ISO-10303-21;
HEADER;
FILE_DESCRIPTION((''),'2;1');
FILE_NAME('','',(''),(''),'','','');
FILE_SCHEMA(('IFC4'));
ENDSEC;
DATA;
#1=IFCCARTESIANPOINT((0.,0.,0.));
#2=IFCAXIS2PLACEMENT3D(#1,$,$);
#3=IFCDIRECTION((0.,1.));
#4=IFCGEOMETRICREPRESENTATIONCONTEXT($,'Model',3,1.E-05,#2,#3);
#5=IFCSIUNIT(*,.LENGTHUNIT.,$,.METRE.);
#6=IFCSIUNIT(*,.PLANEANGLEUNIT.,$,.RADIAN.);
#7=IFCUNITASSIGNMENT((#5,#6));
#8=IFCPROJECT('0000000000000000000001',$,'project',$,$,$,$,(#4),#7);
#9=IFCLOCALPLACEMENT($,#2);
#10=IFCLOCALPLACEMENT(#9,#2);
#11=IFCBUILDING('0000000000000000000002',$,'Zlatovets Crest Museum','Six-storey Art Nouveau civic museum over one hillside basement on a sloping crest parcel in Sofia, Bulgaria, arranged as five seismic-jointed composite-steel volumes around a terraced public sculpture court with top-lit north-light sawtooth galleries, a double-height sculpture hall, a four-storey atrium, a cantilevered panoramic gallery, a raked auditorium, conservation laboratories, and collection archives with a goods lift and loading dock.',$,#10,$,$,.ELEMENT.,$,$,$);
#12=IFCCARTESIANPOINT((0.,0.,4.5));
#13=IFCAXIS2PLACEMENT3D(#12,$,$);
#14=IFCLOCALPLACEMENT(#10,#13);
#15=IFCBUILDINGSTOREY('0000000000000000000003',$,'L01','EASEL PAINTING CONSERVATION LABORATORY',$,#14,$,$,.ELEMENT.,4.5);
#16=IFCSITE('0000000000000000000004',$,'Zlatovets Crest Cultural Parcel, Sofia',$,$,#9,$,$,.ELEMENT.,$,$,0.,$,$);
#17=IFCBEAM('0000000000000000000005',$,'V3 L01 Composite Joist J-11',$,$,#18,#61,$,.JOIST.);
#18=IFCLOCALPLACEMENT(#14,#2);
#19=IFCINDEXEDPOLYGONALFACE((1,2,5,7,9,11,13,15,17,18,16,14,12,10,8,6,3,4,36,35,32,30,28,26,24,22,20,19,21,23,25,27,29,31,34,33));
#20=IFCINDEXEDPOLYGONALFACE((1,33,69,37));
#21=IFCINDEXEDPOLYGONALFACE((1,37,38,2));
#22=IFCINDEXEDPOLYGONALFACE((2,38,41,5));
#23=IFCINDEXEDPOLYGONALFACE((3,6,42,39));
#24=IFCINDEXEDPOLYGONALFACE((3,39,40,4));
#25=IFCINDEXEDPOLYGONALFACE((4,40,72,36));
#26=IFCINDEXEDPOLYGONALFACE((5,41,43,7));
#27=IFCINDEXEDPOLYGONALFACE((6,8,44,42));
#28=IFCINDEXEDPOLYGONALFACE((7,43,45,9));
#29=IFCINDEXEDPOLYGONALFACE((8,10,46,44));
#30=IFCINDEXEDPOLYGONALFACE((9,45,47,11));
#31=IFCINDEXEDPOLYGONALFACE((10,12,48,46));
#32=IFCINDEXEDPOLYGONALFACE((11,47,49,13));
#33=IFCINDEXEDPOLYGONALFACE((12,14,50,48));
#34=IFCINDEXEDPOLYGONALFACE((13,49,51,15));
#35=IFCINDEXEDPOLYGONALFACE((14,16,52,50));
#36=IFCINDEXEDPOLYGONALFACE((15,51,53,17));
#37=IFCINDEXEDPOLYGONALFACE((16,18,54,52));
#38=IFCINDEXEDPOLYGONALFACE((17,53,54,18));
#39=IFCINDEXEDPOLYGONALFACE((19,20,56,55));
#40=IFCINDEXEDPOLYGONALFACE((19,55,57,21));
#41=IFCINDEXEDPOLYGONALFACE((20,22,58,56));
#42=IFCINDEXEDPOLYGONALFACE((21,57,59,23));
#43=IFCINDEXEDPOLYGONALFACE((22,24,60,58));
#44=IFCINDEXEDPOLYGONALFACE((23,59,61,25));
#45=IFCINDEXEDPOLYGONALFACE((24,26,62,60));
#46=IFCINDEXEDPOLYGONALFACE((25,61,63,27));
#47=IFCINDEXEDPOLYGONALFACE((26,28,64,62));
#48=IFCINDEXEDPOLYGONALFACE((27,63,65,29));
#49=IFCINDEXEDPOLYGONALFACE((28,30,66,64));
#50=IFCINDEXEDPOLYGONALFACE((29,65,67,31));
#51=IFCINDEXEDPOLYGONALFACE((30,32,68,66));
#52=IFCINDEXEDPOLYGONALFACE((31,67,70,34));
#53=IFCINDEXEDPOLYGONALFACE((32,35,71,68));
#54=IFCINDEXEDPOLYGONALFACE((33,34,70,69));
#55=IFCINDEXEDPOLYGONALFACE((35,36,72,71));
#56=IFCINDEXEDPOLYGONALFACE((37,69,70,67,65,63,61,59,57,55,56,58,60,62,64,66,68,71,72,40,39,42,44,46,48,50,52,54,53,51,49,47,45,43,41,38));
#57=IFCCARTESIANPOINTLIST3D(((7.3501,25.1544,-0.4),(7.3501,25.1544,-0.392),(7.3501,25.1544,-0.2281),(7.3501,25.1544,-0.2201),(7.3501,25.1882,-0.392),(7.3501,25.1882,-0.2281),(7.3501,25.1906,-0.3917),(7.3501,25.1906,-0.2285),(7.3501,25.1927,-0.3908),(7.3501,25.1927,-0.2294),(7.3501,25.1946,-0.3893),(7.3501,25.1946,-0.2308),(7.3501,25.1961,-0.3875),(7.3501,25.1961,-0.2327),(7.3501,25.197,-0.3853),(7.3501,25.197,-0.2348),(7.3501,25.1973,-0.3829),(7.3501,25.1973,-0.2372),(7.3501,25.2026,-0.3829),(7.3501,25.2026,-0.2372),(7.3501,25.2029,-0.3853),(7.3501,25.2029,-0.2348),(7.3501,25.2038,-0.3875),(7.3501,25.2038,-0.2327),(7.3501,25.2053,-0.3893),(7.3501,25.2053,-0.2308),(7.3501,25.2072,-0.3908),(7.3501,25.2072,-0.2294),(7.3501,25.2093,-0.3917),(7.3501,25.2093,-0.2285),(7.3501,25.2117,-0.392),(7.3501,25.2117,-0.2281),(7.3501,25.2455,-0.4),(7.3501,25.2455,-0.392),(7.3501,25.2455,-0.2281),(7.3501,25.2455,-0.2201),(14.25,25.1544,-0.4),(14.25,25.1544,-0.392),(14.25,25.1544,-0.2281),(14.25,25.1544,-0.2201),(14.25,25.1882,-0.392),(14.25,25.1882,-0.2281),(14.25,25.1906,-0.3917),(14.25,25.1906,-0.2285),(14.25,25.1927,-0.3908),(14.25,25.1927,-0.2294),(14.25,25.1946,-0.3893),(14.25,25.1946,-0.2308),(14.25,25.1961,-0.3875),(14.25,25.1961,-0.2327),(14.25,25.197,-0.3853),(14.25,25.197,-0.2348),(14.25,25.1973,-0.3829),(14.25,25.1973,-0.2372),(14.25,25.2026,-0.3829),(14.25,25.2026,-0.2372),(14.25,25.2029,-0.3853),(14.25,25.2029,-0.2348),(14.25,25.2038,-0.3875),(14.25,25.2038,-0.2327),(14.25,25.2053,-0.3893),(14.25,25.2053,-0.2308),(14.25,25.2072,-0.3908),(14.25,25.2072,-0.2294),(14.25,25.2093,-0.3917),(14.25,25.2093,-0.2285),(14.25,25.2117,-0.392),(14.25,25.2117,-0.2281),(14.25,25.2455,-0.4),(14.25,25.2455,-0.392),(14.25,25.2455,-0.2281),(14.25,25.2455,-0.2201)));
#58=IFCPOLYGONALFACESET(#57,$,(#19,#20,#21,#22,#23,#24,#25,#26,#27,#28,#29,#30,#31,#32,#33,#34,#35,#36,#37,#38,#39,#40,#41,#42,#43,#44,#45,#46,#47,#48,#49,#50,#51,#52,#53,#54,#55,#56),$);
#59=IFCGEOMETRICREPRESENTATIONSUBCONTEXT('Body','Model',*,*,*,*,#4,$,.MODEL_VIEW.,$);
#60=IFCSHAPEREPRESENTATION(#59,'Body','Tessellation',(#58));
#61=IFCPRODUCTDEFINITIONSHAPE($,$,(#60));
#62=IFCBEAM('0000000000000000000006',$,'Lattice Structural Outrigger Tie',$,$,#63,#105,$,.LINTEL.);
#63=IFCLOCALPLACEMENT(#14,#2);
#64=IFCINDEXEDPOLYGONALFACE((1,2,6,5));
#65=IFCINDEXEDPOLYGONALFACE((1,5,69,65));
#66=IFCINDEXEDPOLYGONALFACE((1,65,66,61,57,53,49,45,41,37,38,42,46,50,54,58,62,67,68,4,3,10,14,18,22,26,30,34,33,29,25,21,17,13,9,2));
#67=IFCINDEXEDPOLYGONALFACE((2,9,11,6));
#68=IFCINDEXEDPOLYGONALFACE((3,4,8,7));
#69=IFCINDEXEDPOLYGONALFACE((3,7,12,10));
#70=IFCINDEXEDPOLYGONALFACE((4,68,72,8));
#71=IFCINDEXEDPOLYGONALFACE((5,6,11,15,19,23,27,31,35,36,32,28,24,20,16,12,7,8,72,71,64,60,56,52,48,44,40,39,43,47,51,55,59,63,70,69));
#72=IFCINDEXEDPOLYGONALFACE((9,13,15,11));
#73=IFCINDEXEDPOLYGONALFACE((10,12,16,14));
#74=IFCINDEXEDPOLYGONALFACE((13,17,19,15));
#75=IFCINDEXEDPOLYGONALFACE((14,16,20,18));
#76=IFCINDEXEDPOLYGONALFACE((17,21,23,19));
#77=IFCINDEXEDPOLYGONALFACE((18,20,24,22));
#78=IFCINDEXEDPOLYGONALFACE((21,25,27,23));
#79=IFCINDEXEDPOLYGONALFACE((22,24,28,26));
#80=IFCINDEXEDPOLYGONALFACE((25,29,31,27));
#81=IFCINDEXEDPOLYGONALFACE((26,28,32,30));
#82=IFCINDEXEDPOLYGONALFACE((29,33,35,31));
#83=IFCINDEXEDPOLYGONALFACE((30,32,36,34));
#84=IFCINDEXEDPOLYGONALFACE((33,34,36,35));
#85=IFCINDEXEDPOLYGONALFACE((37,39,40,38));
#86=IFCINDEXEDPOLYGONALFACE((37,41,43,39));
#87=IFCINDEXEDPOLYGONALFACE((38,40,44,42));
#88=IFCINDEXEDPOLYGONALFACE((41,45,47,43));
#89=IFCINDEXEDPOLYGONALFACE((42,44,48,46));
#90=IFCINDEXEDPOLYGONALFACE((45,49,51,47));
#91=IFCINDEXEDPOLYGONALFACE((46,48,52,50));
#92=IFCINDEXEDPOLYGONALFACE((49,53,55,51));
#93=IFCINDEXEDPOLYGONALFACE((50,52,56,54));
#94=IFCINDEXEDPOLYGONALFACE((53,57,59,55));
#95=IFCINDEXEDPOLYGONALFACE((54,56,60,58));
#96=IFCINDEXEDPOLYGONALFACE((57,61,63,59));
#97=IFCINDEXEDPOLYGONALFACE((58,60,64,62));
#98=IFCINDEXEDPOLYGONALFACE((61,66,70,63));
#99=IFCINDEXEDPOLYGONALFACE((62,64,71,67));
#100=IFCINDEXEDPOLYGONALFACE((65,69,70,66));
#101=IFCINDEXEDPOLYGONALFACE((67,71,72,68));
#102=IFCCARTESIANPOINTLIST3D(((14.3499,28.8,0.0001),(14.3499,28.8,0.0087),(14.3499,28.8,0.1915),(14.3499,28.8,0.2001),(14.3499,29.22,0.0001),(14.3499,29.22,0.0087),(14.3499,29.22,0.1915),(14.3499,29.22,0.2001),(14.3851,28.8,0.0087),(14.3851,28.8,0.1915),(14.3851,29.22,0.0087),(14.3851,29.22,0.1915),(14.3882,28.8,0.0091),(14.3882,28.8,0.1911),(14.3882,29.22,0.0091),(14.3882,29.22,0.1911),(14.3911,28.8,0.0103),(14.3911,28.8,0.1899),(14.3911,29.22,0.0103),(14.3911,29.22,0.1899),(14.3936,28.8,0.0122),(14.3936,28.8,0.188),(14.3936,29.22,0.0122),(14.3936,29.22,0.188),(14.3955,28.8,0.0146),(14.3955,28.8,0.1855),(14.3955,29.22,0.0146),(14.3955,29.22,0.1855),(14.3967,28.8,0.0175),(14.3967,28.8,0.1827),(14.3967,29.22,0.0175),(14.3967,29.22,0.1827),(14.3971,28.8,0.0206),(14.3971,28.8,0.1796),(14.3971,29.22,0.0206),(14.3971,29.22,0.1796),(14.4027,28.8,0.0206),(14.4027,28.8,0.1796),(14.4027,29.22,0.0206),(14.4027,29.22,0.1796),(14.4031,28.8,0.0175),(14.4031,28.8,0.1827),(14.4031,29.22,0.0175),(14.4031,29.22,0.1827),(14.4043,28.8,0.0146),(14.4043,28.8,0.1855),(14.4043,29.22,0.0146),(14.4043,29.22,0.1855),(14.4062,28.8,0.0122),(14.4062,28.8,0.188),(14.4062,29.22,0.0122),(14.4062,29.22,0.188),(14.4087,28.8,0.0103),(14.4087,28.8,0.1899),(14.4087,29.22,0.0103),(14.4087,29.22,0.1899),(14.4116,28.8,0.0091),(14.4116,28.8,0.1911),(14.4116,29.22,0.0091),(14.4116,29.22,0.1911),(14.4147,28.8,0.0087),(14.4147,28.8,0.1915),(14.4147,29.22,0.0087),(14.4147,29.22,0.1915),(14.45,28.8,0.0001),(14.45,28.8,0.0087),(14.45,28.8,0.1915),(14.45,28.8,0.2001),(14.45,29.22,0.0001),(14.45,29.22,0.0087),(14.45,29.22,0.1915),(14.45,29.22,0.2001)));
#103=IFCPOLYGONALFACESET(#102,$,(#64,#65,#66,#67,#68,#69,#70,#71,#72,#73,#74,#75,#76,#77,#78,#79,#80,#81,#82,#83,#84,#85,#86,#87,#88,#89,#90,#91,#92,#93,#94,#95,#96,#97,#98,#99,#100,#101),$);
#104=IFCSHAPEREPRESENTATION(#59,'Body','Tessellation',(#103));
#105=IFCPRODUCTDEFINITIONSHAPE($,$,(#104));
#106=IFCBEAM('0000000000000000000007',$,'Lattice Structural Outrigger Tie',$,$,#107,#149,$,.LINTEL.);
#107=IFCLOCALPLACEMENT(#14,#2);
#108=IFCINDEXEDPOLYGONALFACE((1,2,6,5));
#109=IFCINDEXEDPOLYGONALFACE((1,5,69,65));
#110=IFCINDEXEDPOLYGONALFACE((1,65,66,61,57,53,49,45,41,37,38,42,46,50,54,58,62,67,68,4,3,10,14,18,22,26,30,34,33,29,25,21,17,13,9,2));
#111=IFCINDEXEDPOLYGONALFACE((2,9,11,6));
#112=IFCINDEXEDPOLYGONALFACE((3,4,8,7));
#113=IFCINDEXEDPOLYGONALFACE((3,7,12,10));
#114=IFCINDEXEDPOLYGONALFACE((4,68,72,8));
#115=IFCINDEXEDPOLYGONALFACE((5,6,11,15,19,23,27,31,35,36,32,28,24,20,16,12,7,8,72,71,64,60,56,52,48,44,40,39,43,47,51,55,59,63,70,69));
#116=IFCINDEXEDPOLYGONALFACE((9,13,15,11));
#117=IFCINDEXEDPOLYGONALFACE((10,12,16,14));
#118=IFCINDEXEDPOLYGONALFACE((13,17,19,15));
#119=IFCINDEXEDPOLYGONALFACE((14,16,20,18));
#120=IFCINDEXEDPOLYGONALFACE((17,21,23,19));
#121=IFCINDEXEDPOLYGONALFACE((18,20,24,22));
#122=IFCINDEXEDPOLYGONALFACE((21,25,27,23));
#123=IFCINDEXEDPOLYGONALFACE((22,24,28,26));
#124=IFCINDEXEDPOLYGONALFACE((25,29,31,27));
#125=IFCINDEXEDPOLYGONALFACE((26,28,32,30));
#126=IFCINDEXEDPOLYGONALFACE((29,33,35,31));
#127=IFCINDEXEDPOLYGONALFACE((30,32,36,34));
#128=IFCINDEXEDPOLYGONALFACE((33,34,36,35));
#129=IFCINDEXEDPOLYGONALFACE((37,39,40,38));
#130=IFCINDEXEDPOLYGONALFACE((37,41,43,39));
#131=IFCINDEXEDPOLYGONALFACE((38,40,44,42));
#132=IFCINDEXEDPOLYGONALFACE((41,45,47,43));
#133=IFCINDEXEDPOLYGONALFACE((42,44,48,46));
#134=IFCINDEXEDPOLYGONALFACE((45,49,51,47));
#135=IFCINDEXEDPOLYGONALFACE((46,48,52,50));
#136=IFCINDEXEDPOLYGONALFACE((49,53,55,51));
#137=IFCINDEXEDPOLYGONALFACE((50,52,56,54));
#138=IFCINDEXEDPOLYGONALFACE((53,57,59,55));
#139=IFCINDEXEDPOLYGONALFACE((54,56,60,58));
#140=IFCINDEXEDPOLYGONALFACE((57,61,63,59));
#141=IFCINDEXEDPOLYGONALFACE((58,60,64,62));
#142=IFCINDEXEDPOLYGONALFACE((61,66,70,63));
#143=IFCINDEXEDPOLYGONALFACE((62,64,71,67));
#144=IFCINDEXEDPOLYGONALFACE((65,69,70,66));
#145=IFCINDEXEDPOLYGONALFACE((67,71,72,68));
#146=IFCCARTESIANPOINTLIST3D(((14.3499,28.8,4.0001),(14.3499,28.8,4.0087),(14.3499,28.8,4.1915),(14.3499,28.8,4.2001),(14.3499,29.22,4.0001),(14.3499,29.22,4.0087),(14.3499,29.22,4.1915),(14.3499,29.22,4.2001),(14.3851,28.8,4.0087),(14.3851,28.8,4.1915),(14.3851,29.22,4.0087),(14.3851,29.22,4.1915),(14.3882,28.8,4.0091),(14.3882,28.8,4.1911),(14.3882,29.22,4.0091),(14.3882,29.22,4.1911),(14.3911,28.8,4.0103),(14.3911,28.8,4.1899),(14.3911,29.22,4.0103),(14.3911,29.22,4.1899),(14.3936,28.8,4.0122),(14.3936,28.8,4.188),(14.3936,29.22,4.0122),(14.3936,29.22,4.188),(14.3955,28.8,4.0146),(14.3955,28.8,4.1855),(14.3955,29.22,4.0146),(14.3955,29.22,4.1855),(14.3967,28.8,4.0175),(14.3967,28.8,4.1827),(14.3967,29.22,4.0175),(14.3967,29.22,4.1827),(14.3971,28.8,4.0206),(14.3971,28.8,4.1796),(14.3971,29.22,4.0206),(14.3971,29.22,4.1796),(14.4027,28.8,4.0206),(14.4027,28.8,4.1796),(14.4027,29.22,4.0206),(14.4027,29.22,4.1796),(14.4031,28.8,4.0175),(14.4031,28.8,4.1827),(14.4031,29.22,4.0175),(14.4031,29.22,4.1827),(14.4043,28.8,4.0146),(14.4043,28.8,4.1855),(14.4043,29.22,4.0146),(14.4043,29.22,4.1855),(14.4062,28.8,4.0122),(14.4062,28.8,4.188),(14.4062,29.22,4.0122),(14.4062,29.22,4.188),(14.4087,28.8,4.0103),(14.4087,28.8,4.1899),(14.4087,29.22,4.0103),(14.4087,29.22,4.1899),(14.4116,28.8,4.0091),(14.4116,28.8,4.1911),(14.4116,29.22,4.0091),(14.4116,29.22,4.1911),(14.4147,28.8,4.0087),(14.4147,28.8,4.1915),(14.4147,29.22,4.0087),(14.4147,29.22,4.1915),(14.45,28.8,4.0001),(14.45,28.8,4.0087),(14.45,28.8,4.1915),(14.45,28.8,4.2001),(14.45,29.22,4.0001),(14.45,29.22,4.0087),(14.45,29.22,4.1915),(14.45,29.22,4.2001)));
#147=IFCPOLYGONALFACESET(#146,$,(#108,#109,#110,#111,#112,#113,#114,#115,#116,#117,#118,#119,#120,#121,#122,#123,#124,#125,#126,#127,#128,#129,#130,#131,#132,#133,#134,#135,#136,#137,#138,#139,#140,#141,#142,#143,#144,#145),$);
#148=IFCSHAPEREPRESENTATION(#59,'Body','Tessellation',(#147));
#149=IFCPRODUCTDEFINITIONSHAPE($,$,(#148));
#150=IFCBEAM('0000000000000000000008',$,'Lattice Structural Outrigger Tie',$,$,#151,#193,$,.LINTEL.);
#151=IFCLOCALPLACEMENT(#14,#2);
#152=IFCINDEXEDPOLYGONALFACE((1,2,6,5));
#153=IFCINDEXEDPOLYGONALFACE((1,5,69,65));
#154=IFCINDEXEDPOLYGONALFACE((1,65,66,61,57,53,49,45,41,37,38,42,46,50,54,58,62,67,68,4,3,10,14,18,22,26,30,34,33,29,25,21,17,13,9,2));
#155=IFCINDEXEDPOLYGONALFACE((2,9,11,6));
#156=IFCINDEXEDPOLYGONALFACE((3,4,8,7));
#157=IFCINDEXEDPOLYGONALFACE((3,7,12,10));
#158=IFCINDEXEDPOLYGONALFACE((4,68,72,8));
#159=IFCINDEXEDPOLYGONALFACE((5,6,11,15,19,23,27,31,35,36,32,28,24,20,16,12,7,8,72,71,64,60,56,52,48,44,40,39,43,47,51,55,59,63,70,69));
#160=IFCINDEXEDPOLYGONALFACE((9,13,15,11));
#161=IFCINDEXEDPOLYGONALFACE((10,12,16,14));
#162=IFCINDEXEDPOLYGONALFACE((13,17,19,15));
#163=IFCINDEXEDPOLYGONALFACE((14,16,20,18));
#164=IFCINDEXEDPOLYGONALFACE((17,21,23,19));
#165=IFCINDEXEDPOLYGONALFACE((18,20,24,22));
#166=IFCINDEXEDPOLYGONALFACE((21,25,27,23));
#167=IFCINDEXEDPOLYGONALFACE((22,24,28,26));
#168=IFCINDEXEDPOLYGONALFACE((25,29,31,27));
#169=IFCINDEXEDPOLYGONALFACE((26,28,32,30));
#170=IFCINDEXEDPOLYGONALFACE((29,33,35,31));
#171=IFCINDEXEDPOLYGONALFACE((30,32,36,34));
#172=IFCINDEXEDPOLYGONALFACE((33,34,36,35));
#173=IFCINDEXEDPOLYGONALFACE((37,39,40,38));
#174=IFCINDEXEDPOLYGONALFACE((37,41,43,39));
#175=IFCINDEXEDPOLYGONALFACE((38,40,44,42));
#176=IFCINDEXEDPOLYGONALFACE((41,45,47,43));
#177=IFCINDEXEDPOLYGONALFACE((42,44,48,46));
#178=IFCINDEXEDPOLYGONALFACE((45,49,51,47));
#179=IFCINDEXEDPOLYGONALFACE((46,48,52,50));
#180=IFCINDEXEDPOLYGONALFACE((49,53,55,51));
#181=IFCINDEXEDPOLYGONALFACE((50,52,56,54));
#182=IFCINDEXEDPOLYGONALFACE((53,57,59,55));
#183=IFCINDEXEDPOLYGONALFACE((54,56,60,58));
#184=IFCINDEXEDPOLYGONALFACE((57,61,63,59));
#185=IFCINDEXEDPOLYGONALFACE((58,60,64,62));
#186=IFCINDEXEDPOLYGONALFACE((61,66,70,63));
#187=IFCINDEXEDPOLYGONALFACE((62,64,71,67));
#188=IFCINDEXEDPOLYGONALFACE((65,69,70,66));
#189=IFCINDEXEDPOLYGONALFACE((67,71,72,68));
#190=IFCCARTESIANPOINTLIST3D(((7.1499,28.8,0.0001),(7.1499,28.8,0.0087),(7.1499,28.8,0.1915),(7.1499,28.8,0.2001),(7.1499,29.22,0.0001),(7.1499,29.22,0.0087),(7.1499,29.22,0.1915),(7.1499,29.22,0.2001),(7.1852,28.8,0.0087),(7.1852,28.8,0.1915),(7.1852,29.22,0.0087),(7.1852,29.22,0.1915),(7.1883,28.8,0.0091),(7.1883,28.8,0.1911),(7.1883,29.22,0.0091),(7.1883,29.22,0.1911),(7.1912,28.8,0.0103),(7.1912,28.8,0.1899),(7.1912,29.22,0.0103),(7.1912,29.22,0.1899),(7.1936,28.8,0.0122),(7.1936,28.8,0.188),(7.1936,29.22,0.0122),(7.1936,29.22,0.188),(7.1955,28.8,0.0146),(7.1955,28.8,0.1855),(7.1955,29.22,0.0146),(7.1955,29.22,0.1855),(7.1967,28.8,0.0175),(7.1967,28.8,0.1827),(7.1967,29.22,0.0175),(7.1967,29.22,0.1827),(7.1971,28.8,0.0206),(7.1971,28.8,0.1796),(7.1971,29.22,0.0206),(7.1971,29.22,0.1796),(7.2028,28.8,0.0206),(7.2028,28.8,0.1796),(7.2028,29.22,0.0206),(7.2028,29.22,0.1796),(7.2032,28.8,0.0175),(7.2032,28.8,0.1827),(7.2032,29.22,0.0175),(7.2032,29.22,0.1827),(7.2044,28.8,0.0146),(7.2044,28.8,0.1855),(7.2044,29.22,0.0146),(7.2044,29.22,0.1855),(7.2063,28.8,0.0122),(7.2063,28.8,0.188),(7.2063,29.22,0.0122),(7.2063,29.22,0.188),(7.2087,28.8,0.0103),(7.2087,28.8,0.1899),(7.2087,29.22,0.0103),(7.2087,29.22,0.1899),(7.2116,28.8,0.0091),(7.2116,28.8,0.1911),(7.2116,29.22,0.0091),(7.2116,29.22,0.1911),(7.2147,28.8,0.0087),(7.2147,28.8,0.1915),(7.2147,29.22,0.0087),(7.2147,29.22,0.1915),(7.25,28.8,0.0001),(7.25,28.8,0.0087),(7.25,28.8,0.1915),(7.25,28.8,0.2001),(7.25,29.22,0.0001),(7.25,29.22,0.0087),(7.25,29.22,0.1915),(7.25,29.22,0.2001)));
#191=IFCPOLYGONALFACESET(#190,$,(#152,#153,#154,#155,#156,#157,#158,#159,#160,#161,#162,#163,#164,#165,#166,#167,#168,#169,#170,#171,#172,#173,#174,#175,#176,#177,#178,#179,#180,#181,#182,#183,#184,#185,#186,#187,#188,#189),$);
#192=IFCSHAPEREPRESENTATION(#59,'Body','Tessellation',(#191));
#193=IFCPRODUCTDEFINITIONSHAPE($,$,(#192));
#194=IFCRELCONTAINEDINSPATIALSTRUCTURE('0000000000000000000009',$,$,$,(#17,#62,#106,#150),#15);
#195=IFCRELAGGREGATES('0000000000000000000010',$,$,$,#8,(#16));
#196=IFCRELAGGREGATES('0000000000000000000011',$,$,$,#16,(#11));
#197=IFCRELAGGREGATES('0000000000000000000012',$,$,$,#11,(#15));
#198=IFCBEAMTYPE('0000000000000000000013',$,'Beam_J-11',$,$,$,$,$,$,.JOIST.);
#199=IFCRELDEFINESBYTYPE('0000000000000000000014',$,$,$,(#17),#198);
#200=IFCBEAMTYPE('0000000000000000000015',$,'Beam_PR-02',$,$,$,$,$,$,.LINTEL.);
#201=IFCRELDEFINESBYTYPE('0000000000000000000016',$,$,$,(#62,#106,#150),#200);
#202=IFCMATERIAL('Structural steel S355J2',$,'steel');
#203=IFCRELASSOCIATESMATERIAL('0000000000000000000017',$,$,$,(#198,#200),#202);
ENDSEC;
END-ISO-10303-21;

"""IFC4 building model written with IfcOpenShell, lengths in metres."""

from ifc_helpers import new_model, si_unit, direction, frame, origin, origin_2d, place, context, subcontext, project, spatial, i_section, extrude, material, material_profile, profile_set, type_object, element, save


model = new_model("IFC4")

# Units and contexts
model_context = context("Model", 3, precision=1e-05, world=origin(), true_north=direction((0.0, 1.0)))
body_context = subcontext(model_context, "Body", "Model", "MODEL_VIEW")
ifc_project = project(units=[si_unit("LENGTHUNIT", "METRE"), si_unit("PLANEANGLEUNIT", "RADIAN")], contexts=[model_context])

# Site, building, storey
site_placement = place(None, origin())
site = spatial("IfcSite", under=ifc_project, at=site_placement, Name="Zlatovets Crest Cultural Parcel, Sofia", CompositionType="ELEMENT", RefElevation=0.0)
building_placement = place(site_placement, origin())
building = spatial("IfcBuilding", under=site, at=building_placement, Name="Zlatovets Crest Museum", Description="Six-storey Art Nouveau civic museum over one hillside basement on a sloping crest parcel in Sofia, Bulgaria, arranged as five seismic-jointed composite-steel volumes around a terraced public sculpture court with top-lit north-light sawtooth galleries, a double-height sculpture hall, a four-storey atrium, a cantilevered panoramic gallery, a raked auditorium, conservation laboratories, and collection archives with a goods lift and loading dock.", CompositionType="ELEMENT")
storey_placement = place(building_placement, frame((0.0, 0.0, 4.5)))
storey = spatial("IfcBuildingStorey", under=building, at=storey_placement, Name="L01", Description="EASEL PAINTING CONSERVATION LABORATORY", CompositionType="ELEMENT", Elevation=4.5)

# Shared definitions
ifc_material_1 = material(Name="Structural steel S355J2", Category="steel")

# Beams
ifc_material_profile_1 = material_profile(ifc_material_1, i_section(OverallWidth=0.0911, OverallDepth=0.1799, WebThickness=0.0054, FlangeThickness=0.0081, FilletRadius=0.009, at=origin_2d()), Name="IPE 180")
ifc_profile_set_1 = profile_set([ifc_material_profile_1], Name="Structural steel S355J2")
beam_type_1 = type_object("IfcBeamType", Name="Beam_J-11", PredefinedType="JOIST", material=ifc_profile_set_1)
beam_1_placement = place(storey_placement, frame((7.3501, 25.2, -0.3101), z_axis=(1.0, 0.0, 0.0), x_axis=(0.0, 1.0, 0.0)))
element("IfcBeam", 1, at=beam_1_placement, inside=storey, type_object=beam_type_1, Name="V3 L01 Composite Joist J-11", PredefinedType="JOIST", context=body_context, shape_type="SweptSolid", body=[
    extrude(i_section(OverallWidth=0.0911, OverallDepth=0.1799, WebThickness=0.0054, FlangeThickness=0.0081, FilletRadius=0.009, at=origin_2d()), origin(), (0.0, 0.0, 1.0), 6.8999),
])
ifc_material_profile_2 = material_profile(ifc_material_1, i_section(OverallWidth=0.1001, OverallDepth=0.2, WebThickness=0.0056, FlangeThickness=0.0085, FilletRadius=0.012, at=origin_2d()), Name="IPE 200")
ifc_profile_set_2 = profile_set([ifc_material_profile_2], Name="Structural steel S355J2")
beam_type_2 = type_object("IfcBeamType", Name="Beam_PR-02", PredefinedType="LINTEL", material=ifc_profile_set_2)
for number, where, z_axis, x_axis, name in (
    (2, (14.3999, 28.8, 0.1001), (0.0, 1.0, 0.0), (-1.0, 0.0, 0.0), "Lattice Structural Outrigger Tie"),
    (3, (14.3999, 28.8, 4.1001), (0.0, 1.0, 0.0), (-1.0, 0.0, 0.0), "Lattice Structural Outrigger Tie"),
    (4, (7.2, 28.8, 0.1001), (0.0, 1.0, 0.0), (-1.0, 0.0, 0.0), "Lattice Structural Outrigger Tie"),
):
    element("IfcBeam", number, at=place(storey_placement, frame(where, z_axis=z_axis, x_axis=x_axis)), inside=storey, type_object=beam_type_2, Name=name, PredefinedType="LINTEL", context=body_context, shape_type="SweptSolid", body=[
        extrude(i_section(OverallWidth=0.1001, OverallDepth=0.2, WebThickness=0.0056, FlangeThickness=0.0085, FilletRadius=0.012, at=origin_2d()), origin(), (0.0, 0.0, 1.0), 0.4199),
    ])

save(model, "model.ifc")
